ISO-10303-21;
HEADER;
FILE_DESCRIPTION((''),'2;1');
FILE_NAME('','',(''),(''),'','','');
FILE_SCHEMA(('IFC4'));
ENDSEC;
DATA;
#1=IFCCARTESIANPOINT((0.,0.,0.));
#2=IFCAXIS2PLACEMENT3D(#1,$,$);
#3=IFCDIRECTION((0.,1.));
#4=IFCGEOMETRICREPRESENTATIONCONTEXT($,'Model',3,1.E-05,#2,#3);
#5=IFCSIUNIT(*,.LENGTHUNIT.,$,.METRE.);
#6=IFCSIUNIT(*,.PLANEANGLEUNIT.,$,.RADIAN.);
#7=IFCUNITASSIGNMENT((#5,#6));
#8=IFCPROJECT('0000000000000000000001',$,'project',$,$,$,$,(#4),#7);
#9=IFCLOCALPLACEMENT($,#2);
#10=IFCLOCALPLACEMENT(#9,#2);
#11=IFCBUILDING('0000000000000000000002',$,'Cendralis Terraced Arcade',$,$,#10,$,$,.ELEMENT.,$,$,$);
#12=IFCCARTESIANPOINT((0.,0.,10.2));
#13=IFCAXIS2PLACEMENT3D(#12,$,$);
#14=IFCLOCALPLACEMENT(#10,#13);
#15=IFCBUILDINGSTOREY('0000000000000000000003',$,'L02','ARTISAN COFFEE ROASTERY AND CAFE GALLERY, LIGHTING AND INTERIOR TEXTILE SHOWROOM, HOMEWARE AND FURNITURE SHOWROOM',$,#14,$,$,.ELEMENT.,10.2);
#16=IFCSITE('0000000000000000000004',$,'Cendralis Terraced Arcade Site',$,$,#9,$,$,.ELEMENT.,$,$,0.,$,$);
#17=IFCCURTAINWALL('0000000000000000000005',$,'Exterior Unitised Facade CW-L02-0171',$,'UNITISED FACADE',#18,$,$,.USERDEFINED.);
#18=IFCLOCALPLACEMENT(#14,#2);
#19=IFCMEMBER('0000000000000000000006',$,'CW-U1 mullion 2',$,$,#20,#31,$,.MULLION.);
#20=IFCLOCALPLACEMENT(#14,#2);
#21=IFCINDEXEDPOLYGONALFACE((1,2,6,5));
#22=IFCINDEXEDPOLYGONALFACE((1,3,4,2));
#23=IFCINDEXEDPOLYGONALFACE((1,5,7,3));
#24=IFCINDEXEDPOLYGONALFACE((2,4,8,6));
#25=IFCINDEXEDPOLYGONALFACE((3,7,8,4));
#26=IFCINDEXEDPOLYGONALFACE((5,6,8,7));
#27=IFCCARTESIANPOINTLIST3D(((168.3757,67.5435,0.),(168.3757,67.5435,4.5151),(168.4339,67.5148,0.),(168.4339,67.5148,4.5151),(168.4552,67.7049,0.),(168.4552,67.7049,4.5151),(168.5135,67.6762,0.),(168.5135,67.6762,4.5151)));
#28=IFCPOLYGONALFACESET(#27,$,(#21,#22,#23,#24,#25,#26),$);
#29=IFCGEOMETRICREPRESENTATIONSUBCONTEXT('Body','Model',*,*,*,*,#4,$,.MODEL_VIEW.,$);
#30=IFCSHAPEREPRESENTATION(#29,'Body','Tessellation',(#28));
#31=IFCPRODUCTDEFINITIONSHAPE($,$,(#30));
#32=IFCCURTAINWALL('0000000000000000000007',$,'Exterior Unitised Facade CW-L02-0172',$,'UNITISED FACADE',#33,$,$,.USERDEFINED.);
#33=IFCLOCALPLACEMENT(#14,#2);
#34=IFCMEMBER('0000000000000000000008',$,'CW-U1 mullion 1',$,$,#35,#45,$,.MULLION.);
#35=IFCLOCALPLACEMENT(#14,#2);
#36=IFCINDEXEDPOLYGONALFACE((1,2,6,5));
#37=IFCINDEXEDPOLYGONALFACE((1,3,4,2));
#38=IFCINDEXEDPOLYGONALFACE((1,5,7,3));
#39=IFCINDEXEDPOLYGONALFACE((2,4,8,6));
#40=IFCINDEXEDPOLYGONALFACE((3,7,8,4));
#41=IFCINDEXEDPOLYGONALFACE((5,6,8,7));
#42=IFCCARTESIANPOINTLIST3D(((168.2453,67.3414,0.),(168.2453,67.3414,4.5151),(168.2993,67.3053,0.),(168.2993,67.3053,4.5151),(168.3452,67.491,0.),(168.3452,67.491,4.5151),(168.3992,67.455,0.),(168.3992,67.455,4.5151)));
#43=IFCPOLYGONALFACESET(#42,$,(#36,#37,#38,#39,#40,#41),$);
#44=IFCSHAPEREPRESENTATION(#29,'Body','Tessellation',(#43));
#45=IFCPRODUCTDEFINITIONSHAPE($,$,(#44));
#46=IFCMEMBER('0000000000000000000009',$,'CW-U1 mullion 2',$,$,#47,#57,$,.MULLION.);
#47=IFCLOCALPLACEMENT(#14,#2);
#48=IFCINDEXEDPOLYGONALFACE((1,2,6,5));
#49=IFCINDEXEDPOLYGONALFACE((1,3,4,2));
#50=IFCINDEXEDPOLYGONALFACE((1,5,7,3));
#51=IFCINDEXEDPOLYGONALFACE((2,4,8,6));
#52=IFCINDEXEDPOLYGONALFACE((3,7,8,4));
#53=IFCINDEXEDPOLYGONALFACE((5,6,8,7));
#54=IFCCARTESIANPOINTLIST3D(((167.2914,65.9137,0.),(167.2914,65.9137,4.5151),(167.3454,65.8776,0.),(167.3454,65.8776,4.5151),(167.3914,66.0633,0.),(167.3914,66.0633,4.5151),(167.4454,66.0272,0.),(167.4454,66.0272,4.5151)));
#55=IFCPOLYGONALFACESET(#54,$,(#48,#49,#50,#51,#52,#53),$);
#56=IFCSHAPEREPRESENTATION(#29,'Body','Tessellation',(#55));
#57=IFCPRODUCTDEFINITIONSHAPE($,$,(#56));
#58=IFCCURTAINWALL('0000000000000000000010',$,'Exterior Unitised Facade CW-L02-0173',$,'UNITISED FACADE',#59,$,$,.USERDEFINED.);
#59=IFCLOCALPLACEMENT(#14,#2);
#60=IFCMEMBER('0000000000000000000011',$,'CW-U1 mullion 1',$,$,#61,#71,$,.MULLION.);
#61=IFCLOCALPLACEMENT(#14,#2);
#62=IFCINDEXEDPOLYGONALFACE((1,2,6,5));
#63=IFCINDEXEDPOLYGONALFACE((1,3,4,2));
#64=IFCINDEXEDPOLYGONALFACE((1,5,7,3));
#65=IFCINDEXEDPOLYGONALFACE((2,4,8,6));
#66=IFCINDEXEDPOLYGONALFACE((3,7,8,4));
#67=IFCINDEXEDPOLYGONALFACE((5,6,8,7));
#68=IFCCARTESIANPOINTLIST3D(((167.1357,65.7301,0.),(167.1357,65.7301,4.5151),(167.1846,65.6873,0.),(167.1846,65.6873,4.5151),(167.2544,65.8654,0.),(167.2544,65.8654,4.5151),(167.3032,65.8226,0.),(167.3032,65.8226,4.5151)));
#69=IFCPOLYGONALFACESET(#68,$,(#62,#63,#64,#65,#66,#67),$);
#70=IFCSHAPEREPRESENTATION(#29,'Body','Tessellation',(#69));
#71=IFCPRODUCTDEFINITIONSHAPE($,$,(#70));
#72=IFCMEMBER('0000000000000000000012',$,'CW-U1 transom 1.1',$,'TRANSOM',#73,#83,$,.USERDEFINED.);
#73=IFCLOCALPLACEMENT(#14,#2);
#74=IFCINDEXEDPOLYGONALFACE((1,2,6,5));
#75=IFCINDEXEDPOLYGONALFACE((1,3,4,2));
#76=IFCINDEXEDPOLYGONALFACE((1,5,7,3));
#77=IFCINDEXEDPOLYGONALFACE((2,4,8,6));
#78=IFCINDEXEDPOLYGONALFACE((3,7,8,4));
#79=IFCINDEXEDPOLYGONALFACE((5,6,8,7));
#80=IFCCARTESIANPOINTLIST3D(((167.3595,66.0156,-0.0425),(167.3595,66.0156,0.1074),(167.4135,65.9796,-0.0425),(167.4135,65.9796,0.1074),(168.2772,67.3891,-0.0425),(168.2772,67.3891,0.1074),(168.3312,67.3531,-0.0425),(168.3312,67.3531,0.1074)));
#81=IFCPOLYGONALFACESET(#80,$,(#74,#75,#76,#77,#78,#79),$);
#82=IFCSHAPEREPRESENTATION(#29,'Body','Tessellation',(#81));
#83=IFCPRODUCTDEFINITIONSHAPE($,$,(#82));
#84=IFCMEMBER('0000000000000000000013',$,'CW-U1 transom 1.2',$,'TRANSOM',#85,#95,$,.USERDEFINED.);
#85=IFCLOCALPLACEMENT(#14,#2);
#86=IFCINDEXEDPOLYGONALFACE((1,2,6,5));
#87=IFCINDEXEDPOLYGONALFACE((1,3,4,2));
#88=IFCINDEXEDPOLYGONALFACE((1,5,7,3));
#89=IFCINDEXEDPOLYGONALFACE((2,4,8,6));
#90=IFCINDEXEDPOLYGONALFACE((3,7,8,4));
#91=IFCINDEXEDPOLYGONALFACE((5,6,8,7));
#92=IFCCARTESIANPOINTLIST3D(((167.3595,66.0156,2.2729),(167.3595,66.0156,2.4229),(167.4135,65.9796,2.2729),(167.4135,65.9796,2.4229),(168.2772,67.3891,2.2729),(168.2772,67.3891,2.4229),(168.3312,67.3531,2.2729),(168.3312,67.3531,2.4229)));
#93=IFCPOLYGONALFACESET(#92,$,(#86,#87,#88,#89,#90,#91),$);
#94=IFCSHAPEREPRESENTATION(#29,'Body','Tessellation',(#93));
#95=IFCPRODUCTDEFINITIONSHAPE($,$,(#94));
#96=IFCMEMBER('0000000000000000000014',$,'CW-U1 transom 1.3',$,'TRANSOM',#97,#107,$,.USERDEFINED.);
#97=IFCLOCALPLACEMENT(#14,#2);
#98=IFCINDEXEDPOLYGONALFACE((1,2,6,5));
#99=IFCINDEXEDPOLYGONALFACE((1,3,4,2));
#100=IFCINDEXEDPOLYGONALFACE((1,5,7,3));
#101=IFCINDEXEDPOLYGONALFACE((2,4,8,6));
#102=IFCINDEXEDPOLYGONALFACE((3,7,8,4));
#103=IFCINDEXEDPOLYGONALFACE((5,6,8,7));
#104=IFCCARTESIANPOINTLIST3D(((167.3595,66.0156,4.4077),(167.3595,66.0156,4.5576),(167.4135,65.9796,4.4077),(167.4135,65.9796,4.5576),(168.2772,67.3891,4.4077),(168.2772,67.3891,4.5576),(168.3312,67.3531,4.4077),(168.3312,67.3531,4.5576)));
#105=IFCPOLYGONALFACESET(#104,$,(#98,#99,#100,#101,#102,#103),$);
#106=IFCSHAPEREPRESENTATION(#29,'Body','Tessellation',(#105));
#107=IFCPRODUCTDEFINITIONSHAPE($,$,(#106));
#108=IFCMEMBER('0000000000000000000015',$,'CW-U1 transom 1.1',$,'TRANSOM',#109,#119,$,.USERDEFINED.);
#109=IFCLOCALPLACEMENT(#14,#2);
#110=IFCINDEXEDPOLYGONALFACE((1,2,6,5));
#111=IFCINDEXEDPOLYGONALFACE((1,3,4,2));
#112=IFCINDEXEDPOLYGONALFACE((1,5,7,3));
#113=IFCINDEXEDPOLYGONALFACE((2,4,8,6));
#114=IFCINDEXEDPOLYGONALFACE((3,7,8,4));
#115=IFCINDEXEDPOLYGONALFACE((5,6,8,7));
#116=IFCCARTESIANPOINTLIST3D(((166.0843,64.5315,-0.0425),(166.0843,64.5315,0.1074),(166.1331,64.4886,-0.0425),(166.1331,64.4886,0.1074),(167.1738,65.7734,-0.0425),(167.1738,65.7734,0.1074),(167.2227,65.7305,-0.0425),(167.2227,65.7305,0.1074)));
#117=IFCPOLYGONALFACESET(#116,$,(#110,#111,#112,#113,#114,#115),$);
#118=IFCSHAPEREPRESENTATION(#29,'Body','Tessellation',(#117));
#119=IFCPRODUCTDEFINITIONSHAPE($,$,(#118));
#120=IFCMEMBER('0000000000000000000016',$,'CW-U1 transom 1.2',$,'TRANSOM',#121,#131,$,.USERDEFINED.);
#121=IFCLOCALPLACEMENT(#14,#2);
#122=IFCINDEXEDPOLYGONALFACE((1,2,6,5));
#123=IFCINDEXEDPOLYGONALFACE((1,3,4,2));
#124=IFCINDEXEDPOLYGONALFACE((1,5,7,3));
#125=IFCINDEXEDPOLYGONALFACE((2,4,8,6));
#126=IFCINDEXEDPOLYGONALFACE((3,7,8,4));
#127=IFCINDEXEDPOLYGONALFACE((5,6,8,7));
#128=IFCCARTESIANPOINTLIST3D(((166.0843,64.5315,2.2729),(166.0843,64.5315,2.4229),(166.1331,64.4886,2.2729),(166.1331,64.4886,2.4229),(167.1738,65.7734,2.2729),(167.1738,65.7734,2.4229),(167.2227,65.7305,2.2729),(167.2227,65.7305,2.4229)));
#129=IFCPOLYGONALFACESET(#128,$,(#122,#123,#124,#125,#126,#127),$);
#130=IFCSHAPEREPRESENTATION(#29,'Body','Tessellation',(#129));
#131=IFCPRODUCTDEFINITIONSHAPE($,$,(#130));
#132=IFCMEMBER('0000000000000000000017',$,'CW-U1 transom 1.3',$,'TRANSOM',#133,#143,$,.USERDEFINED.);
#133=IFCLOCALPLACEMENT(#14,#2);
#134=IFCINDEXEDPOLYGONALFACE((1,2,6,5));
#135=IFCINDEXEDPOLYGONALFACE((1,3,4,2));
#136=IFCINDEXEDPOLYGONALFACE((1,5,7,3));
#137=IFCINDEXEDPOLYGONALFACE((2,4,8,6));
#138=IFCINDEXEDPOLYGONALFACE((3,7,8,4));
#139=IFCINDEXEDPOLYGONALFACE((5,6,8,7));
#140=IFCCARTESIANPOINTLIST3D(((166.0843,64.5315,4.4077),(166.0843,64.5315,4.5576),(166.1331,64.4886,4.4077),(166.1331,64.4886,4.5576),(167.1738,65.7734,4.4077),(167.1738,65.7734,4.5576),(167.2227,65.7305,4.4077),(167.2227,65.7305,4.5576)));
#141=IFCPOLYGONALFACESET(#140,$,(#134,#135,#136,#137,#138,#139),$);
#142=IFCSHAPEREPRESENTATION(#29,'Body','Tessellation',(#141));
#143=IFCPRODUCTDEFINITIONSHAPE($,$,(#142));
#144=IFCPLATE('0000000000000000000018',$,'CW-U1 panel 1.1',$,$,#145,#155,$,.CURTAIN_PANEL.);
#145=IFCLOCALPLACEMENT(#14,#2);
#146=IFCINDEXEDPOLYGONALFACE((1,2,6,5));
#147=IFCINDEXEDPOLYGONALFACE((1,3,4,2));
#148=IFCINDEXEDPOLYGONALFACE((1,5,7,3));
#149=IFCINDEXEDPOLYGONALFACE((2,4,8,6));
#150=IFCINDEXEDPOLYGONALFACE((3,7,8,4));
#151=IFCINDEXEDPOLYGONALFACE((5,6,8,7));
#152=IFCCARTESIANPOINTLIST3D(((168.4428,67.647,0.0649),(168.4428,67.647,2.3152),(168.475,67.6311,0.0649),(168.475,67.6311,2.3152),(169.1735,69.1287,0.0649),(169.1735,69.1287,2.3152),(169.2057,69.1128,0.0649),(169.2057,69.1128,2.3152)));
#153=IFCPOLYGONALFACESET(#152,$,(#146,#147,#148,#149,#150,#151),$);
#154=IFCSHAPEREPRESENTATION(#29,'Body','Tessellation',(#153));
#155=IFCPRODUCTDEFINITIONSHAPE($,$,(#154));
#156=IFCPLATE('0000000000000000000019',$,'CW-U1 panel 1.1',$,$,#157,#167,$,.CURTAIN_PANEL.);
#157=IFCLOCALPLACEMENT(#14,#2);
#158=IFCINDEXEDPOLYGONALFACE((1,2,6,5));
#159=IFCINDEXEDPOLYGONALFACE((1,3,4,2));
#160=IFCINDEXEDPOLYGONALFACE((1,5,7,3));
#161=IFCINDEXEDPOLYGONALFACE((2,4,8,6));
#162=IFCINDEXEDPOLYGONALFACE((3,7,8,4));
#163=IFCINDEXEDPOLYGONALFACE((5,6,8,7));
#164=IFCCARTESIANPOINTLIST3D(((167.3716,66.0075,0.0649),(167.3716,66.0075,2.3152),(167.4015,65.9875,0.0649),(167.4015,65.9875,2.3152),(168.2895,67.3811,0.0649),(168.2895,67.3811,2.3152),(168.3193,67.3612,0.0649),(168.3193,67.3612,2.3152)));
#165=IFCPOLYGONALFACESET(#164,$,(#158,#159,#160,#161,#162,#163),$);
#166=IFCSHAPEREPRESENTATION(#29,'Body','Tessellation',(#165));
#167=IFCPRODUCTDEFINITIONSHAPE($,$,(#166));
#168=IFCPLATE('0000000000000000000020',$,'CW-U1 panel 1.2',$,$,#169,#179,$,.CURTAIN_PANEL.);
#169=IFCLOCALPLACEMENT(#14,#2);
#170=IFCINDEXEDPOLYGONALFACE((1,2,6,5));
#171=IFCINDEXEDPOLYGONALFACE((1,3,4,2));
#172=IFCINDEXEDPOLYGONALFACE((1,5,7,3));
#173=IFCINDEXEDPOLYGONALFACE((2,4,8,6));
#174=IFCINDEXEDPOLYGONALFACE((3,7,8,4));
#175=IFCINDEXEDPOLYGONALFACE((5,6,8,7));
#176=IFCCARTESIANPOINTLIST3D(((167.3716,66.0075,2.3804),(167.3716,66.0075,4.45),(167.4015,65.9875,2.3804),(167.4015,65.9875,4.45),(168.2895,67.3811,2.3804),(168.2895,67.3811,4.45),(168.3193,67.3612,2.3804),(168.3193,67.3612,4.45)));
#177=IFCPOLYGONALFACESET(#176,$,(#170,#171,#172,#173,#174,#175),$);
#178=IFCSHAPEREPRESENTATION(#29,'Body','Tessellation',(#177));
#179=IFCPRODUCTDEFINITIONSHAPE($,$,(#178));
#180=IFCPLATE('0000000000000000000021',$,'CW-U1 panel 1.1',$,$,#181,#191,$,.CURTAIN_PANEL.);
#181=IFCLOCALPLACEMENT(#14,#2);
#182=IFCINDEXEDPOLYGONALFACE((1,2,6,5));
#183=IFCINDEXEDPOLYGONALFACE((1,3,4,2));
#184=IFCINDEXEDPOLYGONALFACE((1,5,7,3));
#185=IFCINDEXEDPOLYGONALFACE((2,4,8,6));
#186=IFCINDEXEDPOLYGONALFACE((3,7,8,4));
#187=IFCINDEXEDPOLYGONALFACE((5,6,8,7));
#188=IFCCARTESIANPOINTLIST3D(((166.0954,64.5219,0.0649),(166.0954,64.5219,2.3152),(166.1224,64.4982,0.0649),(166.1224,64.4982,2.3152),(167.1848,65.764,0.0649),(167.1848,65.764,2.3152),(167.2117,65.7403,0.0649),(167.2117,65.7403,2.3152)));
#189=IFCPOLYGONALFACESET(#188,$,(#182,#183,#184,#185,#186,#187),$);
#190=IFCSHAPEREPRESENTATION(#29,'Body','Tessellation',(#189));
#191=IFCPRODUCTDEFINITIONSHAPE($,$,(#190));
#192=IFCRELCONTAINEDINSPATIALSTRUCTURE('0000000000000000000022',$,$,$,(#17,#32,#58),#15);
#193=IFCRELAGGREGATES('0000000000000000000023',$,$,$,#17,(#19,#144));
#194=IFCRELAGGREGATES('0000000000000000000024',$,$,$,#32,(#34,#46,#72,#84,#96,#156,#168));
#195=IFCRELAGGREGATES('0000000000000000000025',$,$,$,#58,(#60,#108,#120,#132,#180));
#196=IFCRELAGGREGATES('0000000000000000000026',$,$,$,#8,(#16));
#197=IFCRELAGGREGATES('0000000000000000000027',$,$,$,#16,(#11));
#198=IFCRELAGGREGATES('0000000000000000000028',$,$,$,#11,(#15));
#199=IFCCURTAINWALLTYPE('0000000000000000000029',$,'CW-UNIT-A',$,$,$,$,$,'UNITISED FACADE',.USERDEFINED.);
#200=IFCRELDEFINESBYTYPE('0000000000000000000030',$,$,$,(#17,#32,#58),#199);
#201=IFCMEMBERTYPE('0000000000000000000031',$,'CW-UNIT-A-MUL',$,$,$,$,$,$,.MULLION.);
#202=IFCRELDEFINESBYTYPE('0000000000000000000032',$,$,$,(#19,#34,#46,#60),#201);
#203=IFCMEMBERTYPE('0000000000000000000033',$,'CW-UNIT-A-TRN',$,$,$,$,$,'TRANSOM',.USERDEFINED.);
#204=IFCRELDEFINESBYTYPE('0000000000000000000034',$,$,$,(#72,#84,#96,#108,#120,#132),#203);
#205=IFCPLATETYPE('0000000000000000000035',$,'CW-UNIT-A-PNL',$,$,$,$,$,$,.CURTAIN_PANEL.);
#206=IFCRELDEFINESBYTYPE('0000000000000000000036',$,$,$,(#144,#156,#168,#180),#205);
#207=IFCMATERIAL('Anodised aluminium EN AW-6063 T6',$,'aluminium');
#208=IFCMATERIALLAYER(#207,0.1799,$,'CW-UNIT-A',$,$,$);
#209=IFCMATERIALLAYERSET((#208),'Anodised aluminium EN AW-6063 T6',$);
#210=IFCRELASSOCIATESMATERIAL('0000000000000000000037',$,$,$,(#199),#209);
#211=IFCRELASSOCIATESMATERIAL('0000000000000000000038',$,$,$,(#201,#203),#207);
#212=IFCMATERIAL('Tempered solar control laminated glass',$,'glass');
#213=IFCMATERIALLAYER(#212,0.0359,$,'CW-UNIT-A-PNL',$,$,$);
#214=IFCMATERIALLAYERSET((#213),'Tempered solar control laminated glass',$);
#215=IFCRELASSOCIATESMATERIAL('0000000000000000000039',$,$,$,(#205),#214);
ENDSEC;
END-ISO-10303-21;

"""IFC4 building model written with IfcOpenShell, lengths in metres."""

from ifc_helpers import new_model, si_unit, direction, frame, origin, origin_2d, place, context, subcontext, project, spatial, rectangle, extrude, material, layer, layer_set, material_profile, profile_set, type_object, element, aggregate, save


model = new_model("IFC4")

# Units and contexts
model_context = context("Model", 3, precision=1e-05, world=origin(), true_north=direction((0.0, 1.0)))
body_context = subcontext(model_context, "Body", "Model", "MODEL_VIEW")
ifc_project = project(units=[si_unit("LENGTHUNIT", "METRE"), si_unit("PLANEANGLEUNIT", "RADIAN")], contexts=[model_context])

# Site, building, storey
site_placement = place(None, origin())
site = spatial("IfcSite", under=ifc_project, at=site_placement, Name="Cendralis Terraced Arcade Site", CompositionType="ELEMENT", RefElevation=0.0)
building_placement = place(site_placement, origin())
building = spatial("IfcBuilding", under=site, at=building_placement, Name="Cendralis Terraced Arcade", CompositionType="ELEMENT")
storey_placement = place(building_placement, frame((0.0, 0.0, 10.2)))
storey = spatial("IfcBuildingStorey", under=building, at=storey_placement, Name="L02", Description="ARTISAN COFFEE ROASTERY AND CAFE GALLERY, LIGHTING AND INTERIOR TEXTILE SHOWROOM, HOMEWARE AND FURNITURE SHOWROOM", CompositionType="ELEMENT", Elevation=10.2)

# Curtain wall, member
ifc_material_1 = material(Name="Anodised aluminium EN AW-6063 T6", Category="aluminium")
ifc_layer_1 = layer(ifc_material_1, 0.1799, Name="CW-UNIT-A")
ifc_layer_set_1 = layer_set([ifc_layer_1], Name="Anodised aluminium EN AW-6063 T6")
curtain_wall_type = type_object("IfcCurtainWallType", Name="CW-UNIT-A", ElementType="UNITISED FACADE", PredefinedType="USERDEFINED", material=ifc_layer_set_1)
curtain_wall_1_placement = place(storey_placement, origin())
curtain_wall_1 = element("IfcCurtainWall", 1, at=curtain_wall_1_placement, inside=storey, type_object=curtain_wall_type, Name="Exterior Unitised Facade CW-L02-0171", ObjectType="UNITISED FACADE", PredefinedType="USERDEFINED")
ifc_material_profile_1 = material_profile(ifc_material_1, rectangle(XDim=0.0649, YDim=0.1799, at=origin_2d()), Name="ALU-MUL-65x180")
ifc_profile_set_1 = profile_set([ifc_material_profile_1], Name="Anodised aluminium EN AW-6063 T6")
member_type_1 = type_object("IfcMemberType", Name="CW-UNIT-A-MUL", PredefinedType="MULLION", material=ifc_profile_set_1)
member_1_placement = place(storey_placement, frame((168.4446, 67.6099, 0.0), z_axis=(0.0, 0.0, 1.0), x_axis=(0.896871, -0.442291, 0.0)))
member_1 = element("IfcMember", 2, at=member_1_placement, type_object=member_type_1, Name="CW-U1 mullion 2", PredefinedType="MULLION", context=body_context, shape_type="SweptSolid", body=[
    extrude(rectangle(XDim=0.0649, YDim=0.1799, at=origin_2d()), origin(), (0.0, 0.0, 1.0), 4.5151),
])

# Curtain wall, members
curtain_wall_2_placement = place(storey_placement, origin())
curtain_wall_2 = element("IfcCurtainWall", 3, at=curtain_wall_2_placement, inside=storey, type_object=curtain_wall_type, Name="Exterior Unitised Facade CW-L02-0172", ObjectType="UNITISED FACADE", PredefinedType="USERDEFINED")
member_2_placement = place(storey_placement, frame((168.3223, 67.3982, 0.0), z_axis=(0.0, 0.0, 1.0), x_axis=(0.831471, -0.555567, 0.0)))
member_2 = element("IfcMember", 4, at=member_2_placement, type_object=member_type_1, Name="CW-U1 mullion 1", PredefinedType="MULLION", context=body_context, shape_type="SweptSolid", body=[
    extrude(rectangle(XDim=0.0649, YDim=0.1799, at=origin_2d()), origin(), (0.0, 0.0, 1.0), 4.5151),
])
member_3_placement = place(storey_placement, frame((167.3684, 65.9705, 0.0), z_axis=(0.0, 0.0, 1.0), x_axis=(0.831471, -0.555567, 0.0)))
member_3 = element("IfcMember", 5, at=member_3_placement, type_object=member_type_1, Name="CW-U1 mullion 2", PredefinedType="MULLION", context=body_context, shape_type="SweptSolid", body=[
    extrude(rectangle(XDim=0.0649, YDim=0.1799, at=origin_2d()), origin(), (0.0, 0.0, 1.0), 4.5151),
])

# Curtain wall, member
curtain_wall_3_placement = place(storey_placement, origin())
curtain_wall_3 = element("IfcCurtainWall", 6, at=curtain_wall_3_placement, inside=storey, type_object=curtain_wall_type, Name="Exterior Unitised Facade CW-L02-0173", ObjectType="UNITISED FACADE", PredefinedType="USERDEFINED")
member_4_placement = place(storey_placement, frame((167.2195, 65.7764, 0.0), z_axis=(0.0, 0.0, 1.0), x_axis=(0.751804, -0.659386, 0.0)))
member_4 = element("IfcMember", 7, at=member_4_placement, type_object=member_type_1, Name="CW-U1 mullion 1", PredefinedType="MULLION", context=body_context, shape_type="SweptSolid", body=[
    extrude(rectangle(XDim=0.0649, YDim=0.1799, at=origin_2d()), origin(), (0.0, 0.0, 1.0), 4.5151),
])

# Members
ifc_material_profile_2 = material_profile(ifc_material_1, rectangle(XDim=0.0649, YDim=0.1499, at=origin_2d()), Name="ALU-TRN-65x150")
ifc_profile_set_2 = profile_set([ifc_material_profile_2], Name="Anodised aluminium EN AW-6063 T6")
member_type_2 = type_object("IfcMemberType", Name="CW-UNIT-A-TRN", ElementType="TRANSOM", PredefinedType="USERDEFINED", material=ifc_profile_set_2)
member_5_placement = place(storey_placement, frame((168.3042, 67.3711, 0.0325), z_axis=(-0.555553, -0.831481, 0.0), x_axis=(0.831481, -0.555553, 0.0)))
member_5 = element("IfcMember", 8, at=member_5_placement, type_object=member_type_2, Name="CW-U1 transom 1.1", ObjectType="TRANSOM", PredefinedType="USERDEFINED", context=body_context, shape_type="SweptSolid", body=[
    extrude(rectangle(XDim=0.0649, YDim=0.1499, at=origin_2d()), origin(), (0.0, 0.0, 1.0), 1.6519),
])
member_6_placement = place(storey_placement, frame((168.3042, 67.3711, 2.3479), z_axis=(-0.555553, -0.831481, 0.0), x_axis=(0.831481, -0.555553, 0.0)))
member_6 = element("IfcMember", 9, at=member_6_placement, type_object=member_type_2, Name="CW-U1 transom 1.2", ObjectType="TRANSOM", PredefinedType="USERDEFINED", context=body_context, shape_type="SweptSolid", body=[
    extrude(rectangle(XDim=0.0649, YDim=0.1499, at=origin_2d()), origin(), (0.0, 0.0, 1.0), 1.6519),
])
member_7_placement = place(storey_placement, frame((168.3042, 67.3711, 4.4827), z_axis=(-0.555553, -0.831481, 0.0), x_axis=(0.831481, -0.555553, 0.0)))
member_7 = element("IfcMember", 10, at=member_7_placement, type_object=member_type_2, Name="CW-U1 transom 1.3", ObjectType="TRANSOM", PredefinedType="USERDEFINED", context=body_context, shape_type="SweptSolid", body=[
    extrude(rectangle(XDim=0.0649, YDim=0.1499, at=origin_2d()), origin(), (0.0, 0.0, 1.0), 1.6519),
])
member_8_placement = place(storey_placement, frame((167.1982, 65.752, 0.0325), z_axis=(-0.659498, -0.751706, 0.0), x_axis=(0.751706, -0.659498, 0.0)))
member_8 = element("IfcMember", 11, at=member_8_placement, type_object=member_type_2, Name="CW-U1 transom 1.1", ObjectType="TRANSOM", PredefinedType="USERDEFINED", context=body_context, shape_type="SweptSolid", body=[
    extrude(rectangle(XDim=0.0649, YDim=0.1499, at=origin_2d()), origin(), (0.0, 0.0, 1.0), 1.6521),
])
member_9_placement = place(storey_placement, frame((167.1982, 65.752, 2.3479), z_axis=(-0.659498, -0.751706, 0.0), x_axis=(0.751706, -0.659498, 0.0)))
member_9 = element("IfcMember", 12, at=member_9_placement, type_object=member_type_2, Name="CW-U1 transom 1.2", ObjectType="TRANSOM", PredefinedType="USERDEFINED", context=body_context, shape_type="SweptSolid", body=[
    extrude(rectangle(XDim=0.0649, YDim=0.1499, at=origin_2d()), origin(), (0.0, 0.0, 1.0), 1.6521),
])
member_10_placement = place(storey_placement, frame((167.1982, 65.752, 4.4827), z_axis=(-0.659498, -0.751706, 0.0), x_axis=(0.751706, -0.659498, 0.0)))
member_10 = element("IfcMember", 13, at=member_10_placement, type_object=member_type_2, Name="CW-U1 transom 1.3", ObjectType="TRANSOM", PredefinedType="USERDEFINED", context=body_context, shape_type="SweptSolid", body=[
    extrude(rectangle(XDim=0.0649, YDim=0.1499, at=origin_2d()), origin(), (0.0, 0.0, 1.0), 1.6521),
])

# Plates
ifc_material_2 = material(Name="Tempered solar control laminated glass", Category="glass")
ifc_layer_2 = layer(ifc_material_2, 0.0359, Name="CW-UNIT-A-PNL")
ifc_layer_set_2 = layer_set([ifc_layer_2], Name="Tempered solar control laminated glass")
plate_type = type_object("IfcPlateType", Name="CW-UNIT-A-PNL", PredefinedType="CURTAIN_PANEL", material=ifc_layer_set_2)
plate_1_placement = place(storey_placement, frame((168.8242, 68.3799, 0.0649), z_axis=(0.0, 0.0, 1.0), x_axis=(-0.442291, -0.896871, 0.0)))
plate_1 = element("IfcPlate", 14, at=plate_1_placement, type_object=plate_type, Name="CW-U1 panel 1.1", PredefinedType="CURTAIN_PANEL", context=body_context, shape_type="SweptSolid", body=[
    extrude(rectangle(XDim=1.6521, YDim=0.0359, at=origin_2d()), origin(), (0.0, 0.0, 1.0), 2.2502),
])
aggregate(curtain_wall_1, [member_1, plate_1])
plate_2_placement = place(storey_placement, frame((167.8455, 66.6843, 0.0649), z_axis=(0.0, 0.0, 1.0), x_axis=(-0.555567, -0.831471, 0.0)))
plate_2 = element("IfcPlate", 15, at=plate_2_placement, type_object=plate_type, Name="CW-U1 panel 1.1", PredefinedType="CURTAIN_PANEL", context=body_context, shape_type="SweptSolid", body=[
    extrude(rectangle(XDim=1.6521, YDim=0.0359, at=origin_2d()), origin(), (0.0, 0.0, 1.0), 2.2502),
])
plate_3_placement = place(storey_placement, frame((167.8455, 66.6843, 2.3804), z_axis=(0.0, 0.0, 1.0), x_axis=(-0.555567, -0.831471, 0.0)))
plate_3 = element("IfcPlate", 16, at=plate_3_placement, type_object=plate_type, Name="CW-U1 panel 1.2", PredefinedType="CURTAIN_PANEL", context=body_context, shape_type="SweptSolid", body=[
    extrude(rectangle(XDim=1.6521, YDim=0.0359, at=origin_2d()), origin(), (0.0, 0.0, 1.0), 2.0696),
])
aggregate(curtain_wall_2, [member_2, member_3, member_5, member_6, member_7, plate_2, plate_3])
plate_4_placement = place(storey_placement, frame((166.6536, 65.1311, 0.0649), z_axis=(0.0, 0.0, 1.0), x_axis=(-0.659386, -0.751804, 0.0)))
plate_4 = element("IfcPlate", 17, at=plate_4_placement, type_object=plate_type, Name="CW-U1 panel 1.1", PredefinedType="CURTAIN_PANEL", context=body_context, shape_type="SweptSolid", body=[
    extrude(rectangle(XDim=1.6521, YDim=0.0359, at=origin_2d()), origin(), (0.0, 0.0, 1.0), 2.2502),
])
aggregate(curtain_wall_3, [member_4, member_8, member_9, member_10, plate_4])

save(model, "model.ifc")
